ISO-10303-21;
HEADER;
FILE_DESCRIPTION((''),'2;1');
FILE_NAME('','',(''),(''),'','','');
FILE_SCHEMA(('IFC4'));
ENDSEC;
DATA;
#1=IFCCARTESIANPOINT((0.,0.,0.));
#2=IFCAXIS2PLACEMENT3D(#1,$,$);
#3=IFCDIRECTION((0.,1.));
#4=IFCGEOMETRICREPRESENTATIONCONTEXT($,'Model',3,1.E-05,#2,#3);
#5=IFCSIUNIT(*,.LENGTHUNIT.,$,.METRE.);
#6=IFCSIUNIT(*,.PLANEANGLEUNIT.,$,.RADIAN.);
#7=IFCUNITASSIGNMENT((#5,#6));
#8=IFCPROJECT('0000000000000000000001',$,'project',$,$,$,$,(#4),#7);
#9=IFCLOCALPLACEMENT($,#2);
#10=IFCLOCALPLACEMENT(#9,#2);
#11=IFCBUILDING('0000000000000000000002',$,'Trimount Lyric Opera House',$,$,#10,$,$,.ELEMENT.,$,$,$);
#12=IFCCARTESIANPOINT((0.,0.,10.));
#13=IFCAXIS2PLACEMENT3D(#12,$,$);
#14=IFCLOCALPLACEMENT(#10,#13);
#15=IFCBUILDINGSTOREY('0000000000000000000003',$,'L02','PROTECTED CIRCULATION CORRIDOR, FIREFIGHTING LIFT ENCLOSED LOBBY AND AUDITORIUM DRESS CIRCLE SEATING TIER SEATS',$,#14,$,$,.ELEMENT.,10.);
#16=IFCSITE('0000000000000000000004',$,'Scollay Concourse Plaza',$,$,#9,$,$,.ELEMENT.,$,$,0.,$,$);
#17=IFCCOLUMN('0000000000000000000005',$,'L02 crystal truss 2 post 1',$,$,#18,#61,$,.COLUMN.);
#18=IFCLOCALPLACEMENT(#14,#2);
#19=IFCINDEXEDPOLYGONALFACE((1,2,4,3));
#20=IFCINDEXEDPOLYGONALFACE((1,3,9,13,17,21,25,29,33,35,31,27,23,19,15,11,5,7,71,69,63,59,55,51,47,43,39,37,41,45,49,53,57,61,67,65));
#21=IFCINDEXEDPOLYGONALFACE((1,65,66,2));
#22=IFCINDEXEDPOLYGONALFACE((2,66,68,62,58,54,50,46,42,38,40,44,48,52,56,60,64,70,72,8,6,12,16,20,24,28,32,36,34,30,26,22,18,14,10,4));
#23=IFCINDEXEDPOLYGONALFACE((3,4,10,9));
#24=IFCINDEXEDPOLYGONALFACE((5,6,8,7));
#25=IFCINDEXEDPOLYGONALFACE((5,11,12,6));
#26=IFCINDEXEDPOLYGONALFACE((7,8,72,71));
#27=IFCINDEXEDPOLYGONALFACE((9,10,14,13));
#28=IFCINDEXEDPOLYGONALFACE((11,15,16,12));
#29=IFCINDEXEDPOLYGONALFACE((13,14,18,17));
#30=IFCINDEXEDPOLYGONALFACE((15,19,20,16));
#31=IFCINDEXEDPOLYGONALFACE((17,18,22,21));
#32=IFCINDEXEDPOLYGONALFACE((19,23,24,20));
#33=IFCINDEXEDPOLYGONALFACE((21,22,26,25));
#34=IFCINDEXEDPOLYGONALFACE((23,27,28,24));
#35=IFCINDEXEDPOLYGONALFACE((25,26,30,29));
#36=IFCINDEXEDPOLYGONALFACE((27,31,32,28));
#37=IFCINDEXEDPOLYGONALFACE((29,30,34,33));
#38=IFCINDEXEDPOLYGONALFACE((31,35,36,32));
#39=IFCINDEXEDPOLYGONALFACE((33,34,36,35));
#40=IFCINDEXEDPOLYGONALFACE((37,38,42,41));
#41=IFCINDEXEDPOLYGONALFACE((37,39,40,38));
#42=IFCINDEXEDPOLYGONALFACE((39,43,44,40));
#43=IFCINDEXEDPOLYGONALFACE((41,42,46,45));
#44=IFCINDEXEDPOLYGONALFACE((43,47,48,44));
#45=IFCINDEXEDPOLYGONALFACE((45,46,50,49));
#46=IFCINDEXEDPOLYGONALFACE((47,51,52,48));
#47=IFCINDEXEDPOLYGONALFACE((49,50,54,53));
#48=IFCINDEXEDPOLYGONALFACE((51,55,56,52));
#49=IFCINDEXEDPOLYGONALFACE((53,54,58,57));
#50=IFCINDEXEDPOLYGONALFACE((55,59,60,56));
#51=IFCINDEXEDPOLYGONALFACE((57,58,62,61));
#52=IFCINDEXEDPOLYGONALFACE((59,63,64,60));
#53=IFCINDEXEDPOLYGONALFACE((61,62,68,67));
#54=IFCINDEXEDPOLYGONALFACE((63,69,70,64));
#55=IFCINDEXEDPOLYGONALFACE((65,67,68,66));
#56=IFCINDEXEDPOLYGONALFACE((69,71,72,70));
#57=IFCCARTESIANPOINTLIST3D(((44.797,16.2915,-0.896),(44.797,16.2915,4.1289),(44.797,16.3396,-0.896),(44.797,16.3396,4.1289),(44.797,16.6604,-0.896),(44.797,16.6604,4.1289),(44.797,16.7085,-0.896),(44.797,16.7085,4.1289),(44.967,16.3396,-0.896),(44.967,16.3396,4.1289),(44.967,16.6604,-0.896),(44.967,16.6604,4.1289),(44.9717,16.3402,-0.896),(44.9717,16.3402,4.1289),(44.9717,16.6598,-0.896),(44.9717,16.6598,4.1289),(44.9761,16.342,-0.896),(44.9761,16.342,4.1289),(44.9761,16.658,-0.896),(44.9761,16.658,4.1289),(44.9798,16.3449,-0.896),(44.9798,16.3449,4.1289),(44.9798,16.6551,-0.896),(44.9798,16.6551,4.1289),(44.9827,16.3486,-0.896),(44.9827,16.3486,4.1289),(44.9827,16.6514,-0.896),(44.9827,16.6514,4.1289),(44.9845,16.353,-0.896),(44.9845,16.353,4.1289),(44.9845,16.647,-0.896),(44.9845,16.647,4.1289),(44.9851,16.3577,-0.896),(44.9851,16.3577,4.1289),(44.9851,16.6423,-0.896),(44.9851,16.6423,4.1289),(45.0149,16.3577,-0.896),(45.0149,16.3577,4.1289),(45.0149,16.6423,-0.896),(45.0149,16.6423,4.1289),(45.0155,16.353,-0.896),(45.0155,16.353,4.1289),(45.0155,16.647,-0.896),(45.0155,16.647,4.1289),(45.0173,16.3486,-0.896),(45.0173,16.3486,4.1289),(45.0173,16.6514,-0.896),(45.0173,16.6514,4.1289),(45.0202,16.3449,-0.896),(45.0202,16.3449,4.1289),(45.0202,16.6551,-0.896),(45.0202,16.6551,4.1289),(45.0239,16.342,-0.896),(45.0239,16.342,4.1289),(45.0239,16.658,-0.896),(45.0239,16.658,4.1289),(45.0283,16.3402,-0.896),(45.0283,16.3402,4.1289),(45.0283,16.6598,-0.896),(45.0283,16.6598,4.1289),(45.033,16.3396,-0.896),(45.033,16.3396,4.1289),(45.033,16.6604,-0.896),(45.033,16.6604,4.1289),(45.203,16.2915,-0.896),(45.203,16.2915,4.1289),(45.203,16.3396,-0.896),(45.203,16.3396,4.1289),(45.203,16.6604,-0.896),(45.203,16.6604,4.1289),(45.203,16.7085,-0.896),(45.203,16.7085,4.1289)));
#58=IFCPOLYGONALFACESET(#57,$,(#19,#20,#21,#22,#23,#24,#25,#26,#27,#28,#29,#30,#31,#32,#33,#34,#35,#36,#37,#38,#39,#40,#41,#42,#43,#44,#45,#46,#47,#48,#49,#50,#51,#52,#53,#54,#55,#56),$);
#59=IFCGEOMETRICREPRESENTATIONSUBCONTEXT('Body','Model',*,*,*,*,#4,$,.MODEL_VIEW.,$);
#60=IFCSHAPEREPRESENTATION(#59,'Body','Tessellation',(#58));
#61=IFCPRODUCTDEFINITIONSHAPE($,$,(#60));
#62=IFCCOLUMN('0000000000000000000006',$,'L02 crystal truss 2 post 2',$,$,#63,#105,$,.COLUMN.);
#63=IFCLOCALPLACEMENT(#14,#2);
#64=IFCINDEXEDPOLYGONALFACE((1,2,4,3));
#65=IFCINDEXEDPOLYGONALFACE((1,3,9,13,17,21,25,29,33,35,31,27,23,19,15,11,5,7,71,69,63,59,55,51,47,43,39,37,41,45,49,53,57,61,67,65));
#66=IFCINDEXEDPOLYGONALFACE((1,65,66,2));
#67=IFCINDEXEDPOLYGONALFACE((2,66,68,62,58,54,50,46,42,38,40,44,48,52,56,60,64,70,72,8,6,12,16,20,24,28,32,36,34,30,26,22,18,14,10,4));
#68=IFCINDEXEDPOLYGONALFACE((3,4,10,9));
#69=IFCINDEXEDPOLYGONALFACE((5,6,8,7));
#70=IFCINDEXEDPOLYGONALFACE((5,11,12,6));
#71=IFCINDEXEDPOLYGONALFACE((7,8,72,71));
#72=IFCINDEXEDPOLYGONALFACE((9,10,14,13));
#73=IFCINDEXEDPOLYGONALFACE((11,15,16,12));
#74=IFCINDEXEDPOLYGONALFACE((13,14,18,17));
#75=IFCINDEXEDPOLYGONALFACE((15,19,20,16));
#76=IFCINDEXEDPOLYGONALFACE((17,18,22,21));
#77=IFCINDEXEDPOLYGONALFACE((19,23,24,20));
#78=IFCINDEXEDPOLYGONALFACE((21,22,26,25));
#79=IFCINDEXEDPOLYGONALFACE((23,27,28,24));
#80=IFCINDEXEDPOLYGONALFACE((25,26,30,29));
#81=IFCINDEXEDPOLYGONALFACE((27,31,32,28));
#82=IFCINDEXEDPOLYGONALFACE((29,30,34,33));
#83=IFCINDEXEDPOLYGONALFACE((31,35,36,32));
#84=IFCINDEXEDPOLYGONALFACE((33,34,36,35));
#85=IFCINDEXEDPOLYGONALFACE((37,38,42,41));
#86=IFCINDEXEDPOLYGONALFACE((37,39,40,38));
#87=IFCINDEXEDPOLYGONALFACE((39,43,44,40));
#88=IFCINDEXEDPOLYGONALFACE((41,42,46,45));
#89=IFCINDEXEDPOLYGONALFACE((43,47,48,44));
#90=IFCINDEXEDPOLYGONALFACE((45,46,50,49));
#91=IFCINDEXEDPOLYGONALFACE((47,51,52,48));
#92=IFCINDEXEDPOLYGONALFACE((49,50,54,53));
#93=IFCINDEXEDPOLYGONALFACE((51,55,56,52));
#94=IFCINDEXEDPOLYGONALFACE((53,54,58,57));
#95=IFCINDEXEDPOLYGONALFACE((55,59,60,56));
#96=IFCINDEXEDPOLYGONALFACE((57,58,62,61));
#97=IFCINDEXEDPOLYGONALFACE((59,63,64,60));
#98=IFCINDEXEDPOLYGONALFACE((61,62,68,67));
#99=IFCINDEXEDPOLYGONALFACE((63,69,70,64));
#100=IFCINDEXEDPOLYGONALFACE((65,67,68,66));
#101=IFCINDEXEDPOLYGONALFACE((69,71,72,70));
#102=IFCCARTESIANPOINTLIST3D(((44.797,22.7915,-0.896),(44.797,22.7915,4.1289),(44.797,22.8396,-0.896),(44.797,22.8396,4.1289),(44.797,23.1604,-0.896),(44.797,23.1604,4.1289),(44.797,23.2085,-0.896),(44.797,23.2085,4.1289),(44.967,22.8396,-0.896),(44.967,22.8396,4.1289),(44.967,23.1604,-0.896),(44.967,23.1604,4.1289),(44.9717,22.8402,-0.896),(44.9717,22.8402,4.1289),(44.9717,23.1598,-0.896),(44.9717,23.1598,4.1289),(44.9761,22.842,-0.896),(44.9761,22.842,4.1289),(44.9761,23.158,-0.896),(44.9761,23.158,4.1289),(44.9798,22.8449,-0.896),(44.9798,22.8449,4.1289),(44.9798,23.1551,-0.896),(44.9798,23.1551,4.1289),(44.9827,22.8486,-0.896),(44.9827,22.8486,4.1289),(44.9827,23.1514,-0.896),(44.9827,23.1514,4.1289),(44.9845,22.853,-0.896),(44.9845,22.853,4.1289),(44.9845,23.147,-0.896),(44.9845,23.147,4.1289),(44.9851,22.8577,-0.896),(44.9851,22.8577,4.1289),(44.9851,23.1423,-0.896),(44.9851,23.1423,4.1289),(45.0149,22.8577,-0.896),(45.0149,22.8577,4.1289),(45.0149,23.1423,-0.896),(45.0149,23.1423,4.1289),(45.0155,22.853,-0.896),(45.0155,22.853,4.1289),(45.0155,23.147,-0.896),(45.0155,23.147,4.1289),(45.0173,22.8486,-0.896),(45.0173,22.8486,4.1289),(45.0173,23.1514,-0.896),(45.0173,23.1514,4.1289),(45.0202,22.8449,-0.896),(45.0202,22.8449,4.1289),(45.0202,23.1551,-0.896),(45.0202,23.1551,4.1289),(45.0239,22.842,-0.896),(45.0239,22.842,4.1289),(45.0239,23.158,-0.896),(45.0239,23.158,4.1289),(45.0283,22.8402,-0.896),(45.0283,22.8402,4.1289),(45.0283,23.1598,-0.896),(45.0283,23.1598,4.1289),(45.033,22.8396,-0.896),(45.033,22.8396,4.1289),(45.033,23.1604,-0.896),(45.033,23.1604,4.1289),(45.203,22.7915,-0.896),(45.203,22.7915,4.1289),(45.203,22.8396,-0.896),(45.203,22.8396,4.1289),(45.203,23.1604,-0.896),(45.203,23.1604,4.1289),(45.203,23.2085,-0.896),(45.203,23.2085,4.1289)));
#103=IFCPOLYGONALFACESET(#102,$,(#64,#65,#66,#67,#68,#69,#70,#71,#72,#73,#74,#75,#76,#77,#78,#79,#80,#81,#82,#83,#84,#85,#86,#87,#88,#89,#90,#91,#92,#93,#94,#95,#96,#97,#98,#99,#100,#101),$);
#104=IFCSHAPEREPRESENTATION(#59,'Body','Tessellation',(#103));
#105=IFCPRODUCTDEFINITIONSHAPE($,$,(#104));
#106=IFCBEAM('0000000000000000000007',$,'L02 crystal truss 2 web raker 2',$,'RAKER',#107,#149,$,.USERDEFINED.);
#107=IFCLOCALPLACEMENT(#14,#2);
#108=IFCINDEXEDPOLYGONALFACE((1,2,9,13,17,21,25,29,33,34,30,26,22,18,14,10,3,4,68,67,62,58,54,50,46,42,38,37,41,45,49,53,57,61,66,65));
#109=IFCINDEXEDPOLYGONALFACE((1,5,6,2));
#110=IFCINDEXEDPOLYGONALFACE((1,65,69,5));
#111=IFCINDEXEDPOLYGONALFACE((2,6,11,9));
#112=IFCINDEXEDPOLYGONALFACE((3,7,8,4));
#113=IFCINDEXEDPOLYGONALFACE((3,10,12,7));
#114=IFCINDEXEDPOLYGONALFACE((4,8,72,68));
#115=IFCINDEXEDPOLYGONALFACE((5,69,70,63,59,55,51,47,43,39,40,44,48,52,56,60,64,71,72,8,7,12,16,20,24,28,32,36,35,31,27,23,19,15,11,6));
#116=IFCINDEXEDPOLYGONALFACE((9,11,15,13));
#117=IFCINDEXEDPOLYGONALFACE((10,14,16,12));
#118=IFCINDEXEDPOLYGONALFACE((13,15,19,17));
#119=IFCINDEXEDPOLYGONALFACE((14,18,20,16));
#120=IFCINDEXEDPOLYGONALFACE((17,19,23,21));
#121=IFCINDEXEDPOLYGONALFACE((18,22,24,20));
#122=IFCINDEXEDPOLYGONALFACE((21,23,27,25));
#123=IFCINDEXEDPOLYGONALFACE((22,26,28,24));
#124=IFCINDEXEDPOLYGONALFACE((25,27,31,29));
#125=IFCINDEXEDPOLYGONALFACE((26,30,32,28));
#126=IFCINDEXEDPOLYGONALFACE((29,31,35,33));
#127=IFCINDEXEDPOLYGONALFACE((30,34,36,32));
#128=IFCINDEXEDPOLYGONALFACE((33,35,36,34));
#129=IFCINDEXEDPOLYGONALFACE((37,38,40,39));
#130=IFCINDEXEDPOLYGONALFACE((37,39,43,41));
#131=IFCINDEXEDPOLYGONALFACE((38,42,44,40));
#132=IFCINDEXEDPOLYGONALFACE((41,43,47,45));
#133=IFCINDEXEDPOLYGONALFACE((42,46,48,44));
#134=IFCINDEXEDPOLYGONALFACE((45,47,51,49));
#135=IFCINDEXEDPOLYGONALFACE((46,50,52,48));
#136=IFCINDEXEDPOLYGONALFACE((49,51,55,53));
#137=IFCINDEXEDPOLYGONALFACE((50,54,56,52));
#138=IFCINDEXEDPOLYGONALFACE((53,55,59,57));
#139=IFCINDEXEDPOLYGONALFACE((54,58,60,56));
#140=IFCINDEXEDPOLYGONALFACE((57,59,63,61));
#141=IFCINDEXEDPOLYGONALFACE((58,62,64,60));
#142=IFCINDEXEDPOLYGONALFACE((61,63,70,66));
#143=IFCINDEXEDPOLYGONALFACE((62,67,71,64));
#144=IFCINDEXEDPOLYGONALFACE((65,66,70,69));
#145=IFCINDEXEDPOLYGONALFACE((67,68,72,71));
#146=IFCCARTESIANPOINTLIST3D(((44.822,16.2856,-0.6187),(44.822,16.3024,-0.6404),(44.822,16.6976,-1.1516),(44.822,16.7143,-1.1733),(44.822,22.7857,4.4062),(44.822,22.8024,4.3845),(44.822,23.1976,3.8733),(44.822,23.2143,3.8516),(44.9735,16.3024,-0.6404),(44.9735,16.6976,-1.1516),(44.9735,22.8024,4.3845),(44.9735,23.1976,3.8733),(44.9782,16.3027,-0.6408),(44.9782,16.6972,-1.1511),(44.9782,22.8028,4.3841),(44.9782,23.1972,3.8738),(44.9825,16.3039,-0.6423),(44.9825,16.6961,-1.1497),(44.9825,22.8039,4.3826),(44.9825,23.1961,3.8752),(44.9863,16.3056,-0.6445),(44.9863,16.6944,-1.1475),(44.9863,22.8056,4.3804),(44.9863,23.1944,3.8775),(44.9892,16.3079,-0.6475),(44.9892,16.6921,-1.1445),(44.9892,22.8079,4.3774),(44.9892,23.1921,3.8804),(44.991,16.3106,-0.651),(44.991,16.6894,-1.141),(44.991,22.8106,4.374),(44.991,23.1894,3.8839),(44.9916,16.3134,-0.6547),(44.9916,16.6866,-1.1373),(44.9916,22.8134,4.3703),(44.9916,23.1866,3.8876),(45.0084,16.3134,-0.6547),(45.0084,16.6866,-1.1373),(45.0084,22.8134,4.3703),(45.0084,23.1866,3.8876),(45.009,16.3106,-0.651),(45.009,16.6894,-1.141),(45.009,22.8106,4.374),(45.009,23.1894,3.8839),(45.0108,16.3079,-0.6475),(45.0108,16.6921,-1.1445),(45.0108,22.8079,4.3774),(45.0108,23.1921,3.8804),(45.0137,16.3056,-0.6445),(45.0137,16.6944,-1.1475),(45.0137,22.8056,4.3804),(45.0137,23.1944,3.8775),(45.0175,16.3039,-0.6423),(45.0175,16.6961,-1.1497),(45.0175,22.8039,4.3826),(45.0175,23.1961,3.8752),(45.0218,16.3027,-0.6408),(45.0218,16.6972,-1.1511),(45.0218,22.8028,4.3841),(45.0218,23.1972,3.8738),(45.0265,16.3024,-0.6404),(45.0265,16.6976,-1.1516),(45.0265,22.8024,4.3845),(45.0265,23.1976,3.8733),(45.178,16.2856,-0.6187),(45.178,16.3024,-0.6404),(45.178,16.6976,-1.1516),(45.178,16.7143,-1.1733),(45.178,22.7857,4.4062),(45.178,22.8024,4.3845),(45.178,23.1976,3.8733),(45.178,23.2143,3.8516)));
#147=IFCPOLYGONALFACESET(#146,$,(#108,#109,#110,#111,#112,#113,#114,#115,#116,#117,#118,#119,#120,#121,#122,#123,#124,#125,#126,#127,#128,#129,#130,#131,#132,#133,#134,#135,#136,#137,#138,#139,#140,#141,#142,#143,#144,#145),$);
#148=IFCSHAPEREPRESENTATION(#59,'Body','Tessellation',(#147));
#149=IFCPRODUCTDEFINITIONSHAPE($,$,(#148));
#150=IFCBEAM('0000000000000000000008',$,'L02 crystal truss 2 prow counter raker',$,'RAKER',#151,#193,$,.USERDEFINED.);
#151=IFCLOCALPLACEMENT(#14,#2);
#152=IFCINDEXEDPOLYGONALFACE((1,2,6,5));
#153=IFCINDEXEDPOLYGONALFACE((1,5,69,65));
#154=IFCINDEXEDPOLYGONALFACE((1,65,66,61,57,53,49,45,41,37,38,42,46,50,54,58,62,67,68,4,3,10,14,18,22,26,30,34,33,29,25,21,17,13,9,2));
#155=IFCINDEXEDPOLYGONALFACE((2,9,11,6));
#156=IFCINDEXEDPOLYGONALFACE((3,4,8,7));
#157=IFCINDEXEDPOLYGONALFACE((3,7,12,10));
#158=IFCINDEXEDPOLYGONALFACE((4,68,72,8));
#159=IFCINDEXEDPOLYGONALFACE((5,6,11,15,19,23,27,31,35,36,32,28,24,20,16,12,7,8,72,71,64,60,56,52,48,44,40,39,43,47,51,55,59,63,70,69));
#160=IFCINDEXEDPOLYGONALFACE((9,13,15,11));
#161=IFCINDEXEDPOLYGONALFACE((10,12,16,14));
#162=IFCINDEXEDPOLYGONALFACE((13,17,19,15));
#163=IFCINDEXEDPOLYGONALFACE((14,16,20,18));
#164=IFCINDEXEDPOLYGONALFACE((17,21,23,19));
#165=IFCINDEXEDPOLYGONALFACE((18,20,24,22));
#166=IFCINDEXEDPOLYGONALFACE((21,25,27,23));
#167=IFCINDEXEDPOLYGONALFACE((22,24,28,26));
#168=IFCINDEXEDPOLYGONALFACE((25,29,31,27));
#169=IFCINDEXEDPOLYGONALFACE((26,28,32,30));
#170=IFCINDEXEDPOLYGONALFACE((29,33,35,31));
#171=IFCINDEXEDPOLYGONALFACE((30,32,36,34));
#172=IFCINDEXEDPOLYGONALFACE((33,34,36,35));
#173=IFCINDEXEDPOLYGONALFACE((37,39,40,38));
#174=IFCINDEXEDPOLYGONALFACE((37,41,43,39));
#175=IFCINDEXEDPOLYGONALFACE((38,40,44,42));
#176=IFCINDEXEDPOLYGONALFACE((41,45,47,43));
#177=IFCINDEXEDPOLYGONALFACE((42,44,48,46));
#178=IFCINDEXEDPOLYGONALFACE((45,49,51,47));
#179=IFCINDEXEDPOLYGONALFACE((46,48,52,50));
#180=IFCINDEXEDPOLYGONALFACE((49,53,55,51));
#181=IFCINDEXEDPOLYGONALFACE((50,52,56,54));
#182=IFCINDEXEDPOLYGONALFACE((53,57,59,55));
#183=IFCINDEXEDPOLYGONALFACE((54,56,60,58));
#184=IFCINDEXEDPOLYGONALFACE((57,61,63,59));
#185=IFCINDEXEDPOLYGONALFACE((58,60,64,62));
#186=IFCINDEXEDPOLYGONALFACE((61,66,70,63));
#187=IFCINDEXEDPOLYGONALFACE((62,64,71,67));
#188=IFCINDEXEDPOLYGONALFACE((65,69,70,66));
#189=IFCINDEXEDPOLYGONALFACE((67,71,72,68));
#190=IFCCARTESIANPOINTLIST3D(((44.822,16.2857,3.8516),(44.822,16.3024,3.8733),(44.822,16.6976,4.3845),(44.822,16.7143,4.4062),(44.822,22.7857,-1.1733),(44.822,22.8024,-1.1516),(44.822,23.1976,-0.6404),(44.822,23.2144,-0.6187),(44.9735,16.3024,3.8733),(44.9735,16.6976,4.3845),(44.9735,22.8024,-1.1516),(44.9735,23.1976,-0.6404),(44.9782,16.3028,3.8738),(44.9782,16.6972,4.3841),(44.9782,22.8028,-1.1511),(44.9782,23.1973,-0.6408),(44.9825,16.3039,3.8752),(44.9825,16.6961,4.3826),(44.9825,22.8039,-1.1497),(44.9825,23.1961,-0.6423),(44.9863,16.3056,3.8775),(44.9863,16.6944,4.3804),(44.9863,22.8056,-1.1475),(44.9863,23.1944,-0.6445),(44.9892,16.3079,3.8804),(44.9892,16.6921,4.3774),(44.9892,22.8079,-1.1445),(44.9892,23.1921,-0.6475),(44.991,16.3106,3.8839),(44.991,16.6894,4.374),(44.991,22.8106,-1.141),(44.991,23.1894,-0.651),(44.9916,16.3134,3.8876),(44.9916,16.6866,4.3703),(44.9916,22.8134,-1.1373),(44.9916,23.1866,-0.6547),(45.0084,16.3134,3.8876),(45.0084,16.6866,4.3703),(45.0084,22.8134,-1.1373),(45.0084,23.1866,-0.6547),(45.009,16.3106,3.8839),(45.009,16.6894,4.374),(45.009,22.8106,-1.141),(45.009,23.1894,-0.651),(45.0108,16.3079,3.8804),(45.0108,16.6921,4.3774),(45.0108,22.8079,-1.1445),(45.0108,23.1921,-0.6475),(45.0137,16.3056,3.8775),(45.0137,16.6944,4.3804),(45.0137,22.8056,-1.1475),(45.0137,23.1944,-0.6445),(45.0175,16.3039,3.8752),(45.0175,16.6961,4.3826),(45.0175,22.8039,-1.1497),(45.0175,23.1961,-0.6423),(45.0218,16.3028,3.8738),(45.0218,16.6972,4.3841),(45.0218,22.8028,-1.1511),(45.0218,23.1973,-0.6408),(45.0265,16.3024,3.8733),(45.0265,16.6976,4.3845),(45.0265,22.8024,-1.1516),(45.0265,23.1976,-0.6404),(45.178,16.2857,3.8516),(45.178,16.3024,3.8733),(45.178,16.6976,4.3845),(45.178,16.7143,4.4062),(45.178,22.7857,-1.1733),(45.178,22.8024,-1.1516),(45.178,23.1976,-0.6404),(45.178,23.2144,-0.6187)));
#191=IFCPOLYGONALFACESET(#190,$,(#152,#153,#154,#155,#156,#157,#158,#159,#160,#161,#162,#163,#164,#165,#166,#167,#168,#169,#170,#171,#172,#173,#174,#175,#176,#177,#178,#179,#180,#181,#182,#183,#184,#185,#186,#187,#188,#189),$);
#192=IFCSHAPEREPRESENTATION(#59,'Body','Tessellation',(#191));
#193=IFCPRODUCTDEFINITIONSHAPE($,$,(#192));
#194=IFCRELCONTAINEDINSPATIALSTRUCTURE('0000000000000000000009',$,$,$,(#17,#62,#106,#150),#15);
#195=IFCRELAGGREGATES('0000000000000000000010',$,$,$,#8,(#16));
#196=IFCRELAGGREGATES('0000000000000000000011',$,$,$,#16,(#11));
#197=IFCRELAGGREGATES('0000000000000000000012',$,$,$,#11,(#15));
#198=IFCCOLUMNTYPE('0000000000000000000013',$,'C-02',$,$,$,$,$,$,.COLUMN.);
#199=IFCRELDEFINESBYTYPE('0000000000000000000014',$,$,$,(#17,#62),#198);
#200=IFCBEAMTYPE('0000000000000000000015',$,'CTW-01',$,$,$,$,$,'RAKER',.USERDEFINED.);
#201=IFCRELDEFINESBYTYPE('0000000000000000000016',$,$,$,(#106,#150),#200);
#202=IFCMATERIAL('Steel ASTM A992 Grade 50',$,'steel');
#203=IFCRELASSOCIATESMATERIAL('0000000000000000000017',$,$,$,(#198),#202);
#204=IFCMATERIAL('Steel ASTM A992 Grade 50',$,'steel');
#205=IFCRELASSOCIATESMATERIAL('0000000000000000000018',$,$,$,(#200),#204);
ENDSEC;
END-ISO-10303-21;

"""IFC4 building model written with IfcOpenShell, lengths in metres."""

from ifc_helpers import new_model, si_unit, direction, frame, origin, origin_2d, place, context, subcontext, project, spatial, i_section, extrude, material, material_profile, profile_set, type_object, element, save


model = new_model("IFC4")

# Units and contexts
model_context = context("Model", 3, precision=1e-05, world=origin(), true_north=direction((0.0, 1.0)))
body_context = subcontext(model_context, "Body", "Model", "MODEL_VIEW")
ifc_project = project(units=[si_unit("LENGTHUNIT", "METRE"), si_unit("PLANEANGLEUNIT", "RADIAN")], contexts=[model_context])

# Site, building, storey
site_placement = place(None, origin())
site = spatial("IfcSite", under=ifc_project, at=site_placement, Name="Scollay Concourse Plaza", CompositionType="ELEMENT", RefElevation=0.0)
building_placement = place(site_placement, origin())
building = spatial("IfcBuilding", under=site, at=building_placement, Name="Trimount Lyric Opera House", CompositionType="ELEMENT")
storey_placement = place(building_placement, frame((0.0, 0.0, 10.0)))
storey = spatial("IfcBuildingStorey", under=building, at=storey_placement, Name="L02", Description="PROTECTED CIRCULATION CORRIDOR, FIREFIGHTING LIFT ENCLOSED LOBBY AND AUDITORIUM DRESS CIRCLE SEATING TIER SEATS", CompositionType="ELEMENT", Elevation=10.0)

# Columns
ifc_material_1 = material(Name="Steel ASTM A992 Grade 50", Category="steel")
ifc_material_profile_1 = material_profile(ifc_material_1, i_section(OverallWidth=0.406, OverallDepth=0.417, WebThickness=0.0298, FlangeThickness=0.0481, FilletRadius=0.0181, at=origin_2d()), Name="W14X257")
ifc_profile_set_1 = profile_set([ifc_material_profile_1], Name="Steel ASTM A992 Grade 50")
column_type = type_object("IfcColumnType", Name="C-02", PredefinedType="COLUMN", material=ifc_profile_set_1)
for number, where, z_axis, x_axis, name in (
    (1, (45.0, 16.5, -0.896), (0.0, 0.0, 1.0), (1.0, 0.0, 0.0), "L02 crystal truss 2 post 1"),
    (2, (45.0, 23.0, -0.896), (0.0, 0.0, 1.0), (1.0, 0.0, 0.0), "L02 crystal truss 2 post 2"),
):
    element("IfcColumn", number, at=place(storey_placement, frame(where, z_axis=z_axis, x_axis=x_axis)), inside=storey, type_object=column_type, Name=name, PredefinedType="COLUMN", context=body_context, shape_type="SweptSolid", body=[
        extrude(i_section(OverallWidth=0.406, OverallDepth=0.417, WebThickness=0.0298, FlangeThickness=0.0481, FilletRadius=0.0181, at=origin_2d()), origin(), (0.0, 0.0, 1.0), 5.0249),
    ])

# Beams
ifc_material_2 = material(Name="Steel ASTM A992 Grade 50", Category="steel")
ifc_material_profile_2 = material_profile(ifc_material_2, i_section(OverallWidth=0.356, OverallDepth=0.7009, WebThickness=0.0168, FlangeThickness=0.0273, FilletRadius=0.0181, at=origin_2d()), Name="W27X161")
ifc_profile_set_2 = profile_set([ifc_material_profile_2], Name="Steel ASTM A992 Grade 50")
beam_type_1 = type_object("IfcBeamType", Name="CTW-01", ElementType="RAKER", PredefinedType="USERDEFINED", material=ifc_profile_set_2)
for number, where, z_axis, x_axis, name in (
    (3, (45.0, 23.0, 4.1289), (0.0, -0.791157, -0.611613), (1.0, 0.0, 0.0), "L02 crystal truss 2 web raker 2"),
    (4, (45.0, 16.5, 4.1289), (0.0, 0.791157, -0.611613), (-1.0, 0.0, 0.0), "L02 crystal truss 2 prow counter raker"),
):
    element("IfcBeam", number, at=place(storey_placement, frame(where, z_axis=z_axis, x_axis=x_axis)), inside=storey, type_object=beam_type_1, Name=name, ObjectType="RAKER", PredefinedType="USERDEFINED", context=body_context, shape_type="SweptSolid", body=[
        extrude(i_section(OverallWidth=0.356, OverallDepth=0.7009, WebThickness=0.0168, FlangeThickness=0.0273, FilletRadius=0.0181, at=origin_2d()), origin(), (0.0, 0.0, 1.0), 8.2158),
    ])

save(model, "model.ifc")
